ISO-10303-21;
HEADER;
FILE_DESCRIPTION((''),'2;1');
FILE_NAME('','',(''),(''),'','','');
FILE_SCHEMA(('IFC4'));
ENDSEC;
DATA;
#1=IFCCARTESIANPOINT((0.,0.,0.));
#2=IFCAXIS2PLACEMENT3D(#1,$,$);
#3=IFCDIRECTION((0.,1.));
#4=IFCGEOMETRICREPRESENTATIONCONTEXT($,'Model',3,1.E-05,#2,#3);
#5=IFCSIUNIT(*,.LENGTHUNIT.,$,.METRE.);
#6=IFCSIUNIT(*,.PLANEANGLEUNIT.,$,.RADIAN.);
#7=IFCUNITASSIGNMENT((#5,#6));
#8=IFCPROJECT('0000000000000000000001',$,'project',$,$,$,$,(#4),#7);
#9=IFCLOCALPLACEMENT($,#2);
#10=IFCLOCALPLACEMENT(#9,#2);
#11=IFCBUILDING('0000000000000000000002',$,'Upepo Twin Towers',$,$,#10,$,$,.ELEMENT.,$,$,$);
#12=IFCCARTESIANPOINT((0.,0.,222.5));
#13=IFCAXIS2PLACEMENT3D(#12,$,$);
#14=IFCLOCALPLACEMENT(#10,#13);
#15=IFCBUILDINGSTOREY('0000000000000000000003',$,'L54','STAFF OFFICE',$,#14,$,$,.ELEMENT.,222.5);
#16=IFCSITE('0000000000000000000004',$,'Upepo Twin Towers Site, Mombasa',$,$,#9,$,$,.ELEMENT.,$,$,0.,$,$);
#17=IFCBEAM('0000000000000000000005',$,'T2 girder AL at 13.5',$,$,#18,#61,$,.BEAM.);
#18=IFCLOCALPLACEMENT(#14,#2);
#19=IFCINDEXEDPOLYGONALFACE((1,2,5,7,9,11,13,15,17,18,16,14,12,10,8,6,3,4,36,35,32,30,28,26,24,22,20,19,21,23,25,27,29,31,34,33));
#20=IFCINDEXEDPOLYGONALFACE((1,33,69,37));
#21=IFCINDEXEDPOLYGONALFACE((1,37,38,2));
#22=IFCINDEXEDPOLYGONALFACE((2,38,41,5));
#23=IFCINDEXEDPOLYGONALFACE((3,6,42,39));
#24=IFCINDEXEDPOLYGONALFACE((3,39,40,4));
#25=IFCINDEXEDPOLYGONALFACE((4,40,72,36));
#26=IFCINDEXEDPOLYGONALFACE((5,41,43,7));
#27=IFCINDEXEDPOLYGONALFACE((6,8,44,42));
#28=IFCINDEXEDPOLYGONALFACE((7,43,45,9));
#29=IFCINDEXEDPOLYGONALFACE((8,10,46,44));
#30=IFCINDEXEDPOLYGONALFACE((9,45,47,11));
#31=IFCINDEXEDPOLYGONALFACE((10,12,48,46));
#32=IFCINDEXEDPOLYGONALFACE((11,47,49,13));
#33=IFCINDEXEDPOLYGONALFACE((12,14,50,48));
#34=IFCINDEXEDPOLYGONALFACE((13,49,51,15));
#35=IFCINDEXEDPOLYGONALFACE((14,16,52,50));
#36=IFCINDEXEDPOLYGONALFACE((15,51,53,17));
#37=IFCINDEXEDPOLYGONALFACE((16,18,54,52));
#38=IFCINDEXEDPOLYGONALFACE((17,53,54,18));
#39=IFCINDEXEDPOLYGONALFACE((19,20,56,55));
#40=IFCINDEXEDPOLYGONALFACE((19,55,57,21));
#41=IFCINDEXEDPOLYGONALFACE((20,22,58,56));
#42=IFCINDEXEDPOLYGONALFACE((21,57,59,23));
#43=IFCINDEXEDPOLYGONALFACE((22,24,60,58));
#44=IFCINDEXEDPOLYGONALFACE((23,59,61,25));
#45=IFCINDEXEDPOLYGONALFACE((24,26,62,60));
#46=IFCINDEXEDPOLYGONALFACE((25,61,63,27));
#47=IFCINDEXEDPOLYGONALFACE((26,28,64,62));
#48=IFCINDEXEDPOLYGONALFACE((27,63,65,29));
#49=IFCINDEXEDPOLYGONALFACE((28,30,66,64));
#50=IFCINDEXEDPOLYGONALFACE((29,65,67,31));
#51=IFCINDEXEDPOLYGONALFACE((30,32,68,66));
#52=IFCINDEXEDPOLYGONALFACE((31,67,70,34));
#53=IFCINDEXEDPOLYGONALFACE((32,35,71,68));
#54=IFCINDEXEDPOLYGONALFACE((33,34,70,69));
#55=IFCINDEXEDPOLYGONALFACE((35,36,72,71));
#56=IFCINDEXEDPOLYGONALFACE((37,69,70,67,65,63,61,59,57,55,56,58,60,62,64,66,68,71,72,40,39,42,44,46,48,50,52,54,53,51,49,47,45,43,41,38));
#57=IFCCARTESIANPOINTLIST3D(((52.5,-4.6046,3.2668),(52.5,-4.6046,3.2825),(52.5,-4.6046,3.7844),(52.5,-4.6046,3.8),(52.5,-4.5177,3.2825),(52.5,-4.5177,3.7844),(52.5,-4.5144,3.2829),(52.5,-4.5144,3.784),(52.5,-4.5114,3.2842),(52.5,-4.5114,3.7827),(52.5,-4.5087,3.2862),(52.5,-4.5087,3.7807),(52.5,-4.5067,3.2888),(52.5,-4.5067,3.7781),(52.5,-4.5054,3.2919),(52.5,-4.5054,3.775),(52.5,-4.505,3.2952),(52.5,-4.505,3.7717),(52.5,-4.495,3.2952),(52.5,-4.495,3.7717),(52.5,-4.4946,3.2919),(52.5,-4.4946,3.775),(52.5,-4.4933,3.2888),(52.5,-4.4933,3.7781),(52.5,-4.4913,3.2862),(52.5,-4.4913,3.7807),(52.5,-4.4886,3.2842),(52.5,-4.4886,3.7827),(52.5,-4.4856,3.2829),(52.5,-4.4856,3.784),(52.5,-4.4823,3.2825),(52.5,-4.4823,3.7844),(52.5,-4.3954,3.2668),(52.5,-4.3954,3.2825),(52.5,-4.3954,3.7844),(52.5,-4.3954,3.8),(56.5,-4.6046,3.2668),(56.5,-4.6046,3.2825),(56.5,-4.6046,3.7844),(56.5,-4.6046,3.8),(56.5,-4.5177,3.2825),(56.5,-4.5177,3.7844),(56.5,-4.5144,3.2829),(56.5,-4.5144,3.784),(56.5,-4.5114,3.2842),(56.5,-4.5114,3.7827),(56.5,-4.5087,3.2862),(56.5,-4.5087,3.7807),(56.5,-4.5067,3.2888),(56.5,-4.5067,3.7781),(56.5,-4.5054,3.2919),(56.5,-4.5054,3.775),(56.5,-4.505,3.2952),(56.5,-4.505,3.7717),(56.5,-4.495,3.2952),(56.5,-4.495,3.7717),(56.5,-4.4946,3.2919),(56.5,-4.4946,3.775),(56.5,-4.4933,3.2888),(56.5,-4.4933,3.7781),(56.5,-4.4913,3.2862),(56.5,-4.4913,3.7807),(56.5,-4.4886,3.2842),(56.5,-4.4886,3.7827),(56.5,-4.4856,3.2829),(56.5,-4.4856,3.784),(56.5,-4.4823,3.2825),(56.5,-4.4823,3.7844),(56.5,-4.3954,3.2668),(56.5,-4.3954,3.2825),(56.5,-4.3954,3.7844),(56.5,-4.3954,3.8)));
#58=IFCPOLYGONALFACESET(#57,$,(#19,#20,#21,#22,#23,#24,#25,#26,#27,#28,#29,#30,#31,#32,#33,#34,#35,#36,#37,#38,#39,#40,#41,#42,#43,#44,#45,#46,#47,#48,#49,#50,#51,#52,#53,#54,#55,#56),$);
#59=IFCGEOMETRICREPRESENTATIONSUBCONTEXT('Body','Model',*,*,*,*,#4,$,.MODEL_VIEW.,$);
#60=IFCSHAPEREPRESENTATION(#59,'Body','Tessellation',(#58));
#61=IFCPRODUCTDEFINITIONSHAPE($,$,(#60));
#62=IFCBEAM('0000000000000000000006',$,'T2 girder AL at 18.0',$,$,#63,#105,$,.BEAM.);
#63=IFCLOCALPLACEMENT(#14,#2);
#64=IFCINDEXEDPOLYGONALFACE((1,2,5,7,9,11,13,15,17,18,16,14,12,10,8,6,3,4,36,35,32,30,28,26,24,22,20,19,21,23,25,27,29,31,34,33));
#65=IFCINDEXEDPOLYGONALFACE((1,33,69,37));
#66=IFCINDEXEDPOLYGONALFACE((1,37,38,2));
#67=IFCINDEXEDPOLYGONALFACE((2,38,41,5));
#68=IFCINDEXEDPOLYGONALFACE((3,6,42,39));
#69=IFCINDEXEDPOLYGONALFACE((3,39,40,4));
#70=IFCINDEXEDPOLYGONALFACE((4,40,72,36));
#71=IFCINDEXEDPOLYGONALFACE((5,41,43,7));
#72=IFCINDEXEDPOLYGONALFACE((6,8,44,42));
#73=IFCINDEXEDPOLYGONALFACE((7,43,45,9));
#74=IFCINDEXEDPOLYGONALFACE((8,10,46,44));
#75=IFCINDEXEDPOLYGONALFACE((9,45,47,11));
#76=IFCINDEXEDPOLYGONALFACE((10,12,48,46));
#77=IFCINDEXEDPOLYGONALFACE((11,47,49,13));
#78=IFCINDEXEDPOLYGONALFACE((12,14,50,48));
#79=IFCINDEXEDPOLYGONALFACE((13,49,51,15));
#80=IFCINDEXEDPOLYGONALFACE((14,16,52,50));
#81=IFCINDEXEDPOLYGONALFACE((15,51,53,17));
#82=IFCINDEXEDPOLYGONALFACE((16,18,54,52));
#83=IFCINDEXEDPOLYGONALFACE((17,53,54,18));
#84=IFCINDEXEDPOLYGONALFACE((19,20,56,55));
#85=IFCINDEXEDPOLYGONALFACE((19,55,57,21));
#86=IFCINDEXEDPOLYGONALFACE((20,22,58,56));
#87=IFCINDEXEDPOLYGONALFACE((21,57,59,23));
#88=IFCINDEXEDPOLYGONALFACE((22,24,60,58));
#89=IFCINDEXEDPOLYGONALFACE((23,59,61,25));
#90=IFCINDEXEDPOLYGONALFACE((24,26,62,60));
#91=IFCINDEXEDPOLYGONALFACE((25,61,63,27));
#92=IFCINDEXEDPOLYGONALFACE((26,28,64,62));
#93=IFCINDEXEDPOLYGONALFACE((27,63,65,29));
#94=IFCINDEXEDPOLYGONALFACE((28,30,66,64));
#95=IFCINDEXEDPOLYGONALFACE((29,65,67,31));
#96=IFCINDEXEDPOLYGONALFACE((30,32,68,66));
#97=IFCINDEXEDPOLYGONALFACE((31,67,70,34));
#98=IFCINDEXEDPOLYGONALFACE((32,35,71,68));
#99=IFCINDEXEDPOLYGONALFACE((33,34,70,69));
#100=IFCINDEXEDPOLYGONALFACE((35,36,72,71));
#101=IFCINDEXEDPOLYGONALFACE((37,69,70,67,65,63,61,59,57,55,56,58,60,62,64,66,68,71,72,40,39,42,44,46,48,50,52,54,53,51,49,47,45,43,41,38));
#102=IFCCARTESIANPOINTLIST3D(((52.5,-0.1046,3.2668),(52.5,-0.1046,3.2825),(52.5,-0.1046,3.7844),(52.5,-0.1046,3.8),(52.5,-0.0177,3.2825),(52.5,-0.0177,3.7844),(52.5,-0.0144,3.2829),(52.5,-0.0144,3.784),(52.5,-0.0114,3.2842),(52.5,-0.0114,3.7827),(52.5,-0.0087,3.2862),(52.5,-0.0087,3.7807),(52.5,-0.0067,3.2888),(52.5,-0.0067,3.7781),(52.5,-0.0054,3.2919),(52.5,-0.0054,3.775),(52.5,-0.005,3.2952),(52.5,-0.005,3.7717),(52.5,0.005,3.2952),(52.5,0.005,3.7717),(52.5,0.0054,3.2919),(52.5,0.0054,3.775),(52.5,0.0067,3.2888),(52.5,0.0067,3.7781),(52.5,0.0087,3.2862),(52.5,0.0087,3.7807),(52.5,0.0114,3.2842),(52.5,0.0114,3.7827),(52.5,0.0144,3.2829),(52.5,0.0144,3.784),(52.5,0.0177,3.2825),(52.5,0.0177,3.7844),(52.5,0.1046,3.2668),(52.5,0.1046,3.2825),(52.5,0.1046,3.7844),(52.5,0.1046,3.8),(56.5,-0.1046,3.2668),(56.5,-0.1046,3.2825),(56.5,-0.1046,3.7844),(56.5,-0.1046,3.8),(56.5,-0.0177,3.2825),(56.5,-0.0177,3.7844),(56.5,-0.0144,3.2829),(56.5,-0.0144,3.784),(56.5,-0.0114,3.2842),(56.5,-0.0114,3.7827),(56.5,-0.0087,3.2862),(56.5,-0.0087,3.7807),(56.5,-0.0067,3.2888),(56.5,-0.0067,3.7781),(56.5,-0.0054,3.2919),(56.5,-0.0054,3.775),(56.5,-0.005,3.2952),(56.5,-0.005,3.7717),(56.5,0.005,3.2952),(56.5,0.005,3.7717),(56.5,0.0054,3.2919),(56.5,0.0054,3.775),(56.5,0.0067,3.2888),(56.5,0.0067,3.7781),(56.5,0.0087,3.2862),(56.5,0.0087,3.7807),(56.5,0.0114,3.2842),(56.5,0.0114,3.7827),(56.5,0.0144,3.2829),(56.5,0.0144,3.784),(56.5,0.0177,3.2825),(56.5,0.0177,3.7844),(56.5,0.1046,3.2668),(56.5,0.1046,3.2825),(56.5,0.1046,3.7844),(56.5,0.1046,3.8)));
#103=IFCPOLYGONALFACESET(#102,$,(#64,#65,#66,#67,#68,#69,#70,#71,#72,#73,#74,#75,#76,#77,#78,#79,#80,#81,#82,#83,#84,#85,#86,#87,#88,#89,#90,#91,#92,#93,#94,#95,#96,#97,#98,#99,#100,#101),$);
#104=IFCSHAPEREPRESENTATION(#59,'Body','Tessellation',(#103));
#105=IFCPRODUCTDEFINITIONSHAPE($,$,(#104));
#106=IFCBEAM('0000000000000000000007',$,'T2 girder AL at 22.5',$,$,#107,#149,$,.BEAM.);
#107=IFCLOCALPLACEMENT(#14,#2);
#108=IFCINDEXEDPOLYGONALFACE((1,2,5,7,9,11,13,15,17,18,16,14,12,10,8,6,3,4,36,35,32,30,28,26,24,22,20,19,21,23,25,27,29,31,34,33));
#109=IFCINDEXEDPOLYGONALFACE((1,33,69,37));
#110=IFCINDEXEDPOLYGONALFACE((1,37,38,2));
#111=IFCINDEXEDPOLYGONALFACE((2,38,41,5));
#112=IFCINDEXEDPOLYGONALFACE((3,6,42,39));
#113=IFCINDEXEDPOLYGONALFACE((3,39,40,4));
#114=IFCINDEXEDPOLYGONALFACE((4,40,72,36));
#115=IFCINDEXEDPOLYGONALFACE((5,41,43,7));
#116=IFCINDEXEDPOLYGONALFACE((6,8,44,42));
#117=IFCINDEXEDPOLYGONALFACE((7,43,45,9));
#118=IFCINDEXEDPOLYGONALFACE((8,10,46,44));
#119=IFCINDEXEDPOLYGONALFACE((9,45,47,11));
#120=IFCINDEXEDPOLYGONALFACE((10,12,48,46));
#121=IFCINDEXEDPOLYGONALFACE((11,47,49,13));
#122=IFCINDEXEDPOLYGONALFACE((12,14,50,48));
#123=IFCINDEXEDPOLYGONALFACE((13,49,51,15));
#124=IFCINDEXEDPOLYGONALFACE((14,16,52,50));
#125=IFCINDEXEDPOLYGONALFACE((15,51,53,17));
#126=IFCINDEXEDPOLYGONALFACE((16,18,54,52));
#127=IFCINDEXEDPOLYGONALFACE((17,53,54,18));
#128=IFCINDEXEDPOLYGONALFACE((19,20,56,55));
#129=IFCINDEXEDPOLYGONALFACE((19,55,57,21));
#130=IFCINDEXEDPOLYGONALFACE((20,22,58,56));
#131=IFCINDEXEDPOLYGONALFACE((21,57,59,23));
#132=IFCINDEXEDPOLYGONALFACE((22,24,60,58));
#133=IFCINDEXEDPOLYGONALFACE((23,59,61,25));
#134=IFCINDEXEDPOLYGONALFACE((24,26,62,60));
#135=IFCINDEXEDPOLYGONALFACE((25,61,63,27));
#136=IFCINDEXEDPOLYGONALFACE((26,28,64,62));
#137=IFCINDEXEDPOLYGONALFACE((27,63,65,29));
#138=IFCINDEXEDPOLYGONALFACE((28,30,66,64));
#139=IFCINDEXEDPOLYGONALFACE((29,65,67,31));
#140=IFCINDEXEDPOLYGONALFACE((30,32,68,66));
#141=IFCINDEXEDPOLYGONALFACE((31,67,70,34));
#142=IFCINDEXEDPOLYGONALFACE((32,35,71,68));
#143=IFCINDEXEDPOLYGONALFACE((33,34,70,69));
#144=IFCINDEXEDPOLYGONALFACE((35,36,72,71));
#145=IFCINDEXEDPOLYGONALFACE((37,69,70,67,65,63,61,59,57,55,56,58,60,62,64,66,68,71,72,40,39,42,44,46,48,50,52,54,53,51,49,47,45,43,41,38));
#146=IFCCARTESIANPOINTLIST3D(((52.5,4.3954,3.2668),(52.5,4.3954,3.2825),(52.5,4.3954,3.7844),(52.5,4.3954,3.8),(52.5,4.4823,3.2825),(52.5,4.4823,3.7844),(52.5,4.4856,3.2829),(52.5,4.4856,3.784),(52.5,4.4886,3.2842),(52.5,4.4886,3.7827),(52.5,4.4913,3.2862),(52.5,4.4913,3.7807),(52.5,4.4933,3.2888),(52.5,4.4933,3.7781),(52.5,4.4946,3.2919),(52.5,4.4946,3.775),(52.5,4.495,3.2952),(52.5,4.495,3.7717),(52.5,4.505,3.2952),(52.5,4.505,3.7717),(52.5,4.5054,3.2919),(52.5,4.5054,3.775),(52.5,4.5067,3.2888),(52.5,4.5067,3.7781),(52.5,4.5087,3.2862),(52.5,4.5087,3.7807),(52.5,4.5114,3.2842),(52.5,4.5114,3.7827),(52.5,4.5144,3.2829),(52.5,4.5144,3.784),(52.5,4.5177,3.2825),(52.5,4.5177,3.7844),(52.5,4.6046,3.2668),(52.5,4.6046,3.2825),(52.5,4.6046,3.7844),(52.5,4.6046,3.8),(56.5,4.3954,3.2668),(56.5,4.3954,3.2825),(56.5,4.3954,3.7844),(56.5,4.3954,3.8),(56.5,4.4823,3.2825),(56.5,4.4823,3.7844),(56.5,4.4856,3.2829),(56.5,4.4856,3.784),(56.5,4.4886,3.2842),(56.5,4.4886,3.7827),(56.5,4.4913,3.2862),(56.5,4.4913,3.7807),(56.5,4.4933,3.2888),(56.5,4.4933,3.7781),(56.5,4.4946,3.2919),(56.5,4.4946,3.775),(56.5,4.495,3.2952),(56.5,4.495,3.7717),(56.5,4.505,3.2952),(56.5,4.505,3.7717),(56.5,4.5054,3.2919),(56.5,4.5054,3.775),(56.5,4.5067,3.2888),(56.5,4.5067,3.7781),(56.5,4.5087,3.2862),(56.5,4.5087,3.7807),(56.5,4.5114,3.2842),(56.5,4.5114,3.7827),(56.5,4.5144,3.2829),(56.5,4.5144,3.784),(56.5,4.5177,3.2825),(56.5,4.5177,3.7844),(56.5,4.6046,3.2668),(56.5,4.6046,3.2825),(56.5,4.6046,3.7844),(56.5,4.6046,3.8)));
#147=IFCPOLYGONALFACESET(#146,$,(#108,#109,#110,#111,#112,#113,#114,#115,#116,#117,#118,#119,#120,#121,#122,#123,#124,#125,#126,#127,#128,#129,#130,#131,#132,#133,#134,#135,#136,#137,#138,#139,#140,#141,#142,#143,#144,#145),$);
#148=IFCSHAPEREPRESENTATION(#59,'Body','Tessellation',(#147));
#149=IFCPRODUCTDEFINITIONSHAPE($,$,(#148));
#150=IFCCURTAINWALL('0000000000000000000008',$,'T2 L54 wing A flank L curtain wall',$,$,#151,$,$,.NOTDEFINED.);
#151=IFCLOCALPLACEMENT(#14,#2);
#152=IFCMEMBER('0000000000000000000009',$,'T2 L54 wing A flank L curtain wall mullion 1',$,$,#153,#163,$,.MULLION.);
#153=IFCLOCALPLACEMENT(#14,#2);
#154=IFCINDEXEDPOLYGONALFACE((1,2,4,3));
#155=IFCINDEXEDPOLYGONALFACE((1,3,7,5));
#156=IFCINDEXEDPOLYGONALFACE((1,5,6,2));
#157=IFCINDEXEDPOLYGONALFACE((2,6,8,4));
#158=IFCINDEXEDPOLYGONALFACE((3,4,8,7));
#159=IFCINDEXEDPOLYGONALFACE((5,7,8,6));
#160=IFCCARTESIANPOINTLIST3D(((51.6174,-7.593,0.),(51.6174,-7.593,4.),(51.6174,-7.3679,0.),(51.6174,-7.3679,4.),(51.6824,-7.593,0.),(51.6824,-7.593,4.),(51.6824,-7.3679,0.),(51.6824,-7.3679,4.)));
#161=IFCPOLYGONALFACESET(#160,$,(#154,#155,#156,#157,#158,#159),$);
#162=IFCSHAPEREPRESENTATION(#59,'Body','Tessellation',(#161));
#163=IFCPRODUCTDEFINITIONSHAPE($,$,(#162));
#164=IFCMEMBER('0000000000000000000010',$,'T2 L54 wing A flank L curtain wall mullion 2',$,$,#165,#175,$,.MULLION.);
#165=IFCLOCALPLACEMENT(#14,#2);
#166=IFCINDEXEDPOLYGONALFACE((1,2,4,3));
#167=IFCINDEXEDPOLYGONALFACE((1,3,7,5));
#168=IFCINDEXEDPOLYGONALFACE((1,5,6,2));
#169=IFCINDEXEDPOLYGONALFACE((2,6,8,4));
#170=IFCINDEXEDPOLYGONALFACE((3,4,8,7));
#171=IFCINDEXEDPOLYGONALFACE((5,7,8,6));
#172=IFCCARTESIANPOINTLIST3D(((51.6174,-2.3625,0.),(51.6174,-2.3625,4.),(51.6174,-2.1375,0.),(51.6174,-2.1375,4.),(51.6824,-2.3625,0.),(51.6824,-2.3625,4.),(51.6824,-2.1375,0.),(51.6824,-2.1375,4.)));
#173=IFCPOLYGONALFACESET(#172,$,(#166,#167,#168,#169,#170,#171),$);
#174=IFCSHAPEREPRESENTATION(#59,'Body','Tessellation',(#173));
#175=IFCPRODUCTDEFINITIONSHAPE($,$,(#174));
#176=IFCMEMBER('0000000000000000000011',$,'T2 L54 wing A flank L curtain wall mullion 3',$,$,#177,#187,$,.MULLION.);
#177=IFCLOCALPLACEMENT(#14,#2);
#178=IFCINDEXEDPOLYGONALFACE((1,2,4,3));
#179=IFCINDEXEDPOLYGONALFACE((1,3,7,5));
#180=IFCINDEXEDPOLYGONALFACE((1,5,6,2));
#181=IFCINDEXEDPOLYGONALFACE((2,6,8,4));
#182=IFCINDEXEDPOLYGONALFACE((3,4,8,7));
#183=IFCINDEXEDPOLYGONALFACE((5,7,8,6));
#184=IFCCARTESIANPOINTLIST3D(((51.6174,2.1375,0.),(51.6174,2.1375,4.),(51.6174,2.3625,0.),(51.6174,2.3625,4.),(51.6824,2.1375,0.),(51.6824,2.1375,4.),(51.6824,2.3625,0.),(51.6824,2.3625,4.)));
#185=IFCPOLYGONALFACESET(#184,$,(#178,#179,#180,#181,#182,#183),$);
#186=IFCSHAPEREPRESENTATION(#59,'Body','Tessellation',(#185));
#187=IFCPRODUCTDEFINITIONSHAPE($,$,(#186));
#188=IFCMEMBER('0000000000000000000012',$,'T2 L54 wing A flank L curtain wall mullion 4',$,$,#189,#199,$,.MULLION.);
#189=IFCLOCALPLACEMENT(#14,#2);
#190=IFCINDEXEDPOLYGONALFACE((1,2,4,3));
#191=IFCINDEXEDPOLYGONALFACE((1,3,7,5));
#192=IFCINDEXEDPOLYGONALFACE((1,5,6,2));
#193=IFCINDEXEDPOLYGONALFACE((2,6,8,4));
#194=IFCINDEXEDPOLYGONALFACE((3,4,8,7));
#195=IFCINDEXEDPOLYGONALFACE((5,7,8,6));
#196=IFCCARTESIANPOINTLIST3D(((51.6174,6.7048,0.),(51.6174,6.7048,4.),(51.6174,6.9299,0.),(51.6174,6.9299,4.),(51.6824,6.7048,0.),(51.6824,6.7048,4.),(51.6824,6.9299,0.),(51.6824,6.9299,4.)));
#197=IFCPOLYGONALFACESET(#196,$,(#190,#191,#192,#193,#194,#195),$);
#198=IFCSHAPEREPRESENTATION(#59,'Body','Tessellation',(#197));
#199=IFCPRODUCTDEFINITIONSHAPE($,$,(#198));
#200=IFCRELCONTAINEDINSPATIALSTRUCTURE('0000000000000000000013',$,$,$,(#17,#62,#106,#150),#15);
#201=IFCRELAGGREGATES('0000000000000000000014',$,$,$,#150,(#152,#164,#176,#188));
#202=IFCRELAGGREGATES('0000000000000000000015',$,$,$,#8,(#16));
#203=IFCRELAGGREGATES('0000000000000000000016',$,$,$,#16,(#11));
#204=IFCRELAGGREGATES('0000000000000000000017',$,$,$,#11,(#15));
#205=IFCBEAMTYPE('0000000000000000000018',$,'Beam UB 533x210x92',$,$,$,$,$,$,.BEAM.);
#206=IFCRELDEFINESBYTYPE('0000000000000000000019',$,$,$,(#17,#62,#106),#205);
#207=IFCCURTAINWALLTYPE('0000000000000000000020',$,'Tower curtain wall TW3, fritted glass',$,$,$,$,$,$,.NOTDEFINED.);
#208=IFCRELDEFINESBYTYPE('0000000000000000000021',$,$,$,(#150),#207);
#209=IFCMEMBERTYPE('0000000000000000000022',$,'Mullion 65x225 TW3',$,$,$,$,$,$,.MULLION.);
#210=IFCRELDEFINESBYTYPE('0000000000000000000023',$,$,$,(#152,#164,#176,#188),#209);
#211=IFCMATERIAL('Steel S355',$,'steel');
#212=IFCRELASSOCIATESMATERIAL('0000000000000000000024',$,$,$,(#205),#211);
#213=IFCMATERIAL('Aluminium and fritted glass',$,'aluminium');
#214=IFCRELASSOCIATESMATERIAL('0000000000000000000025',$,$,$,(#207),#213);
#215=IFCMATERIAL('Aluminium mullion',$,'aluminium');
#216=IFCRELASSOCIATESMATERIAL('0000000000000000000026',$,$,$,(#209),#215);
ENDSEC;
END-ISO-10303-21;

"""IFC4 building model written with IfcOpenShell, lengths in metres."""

from ifc_helpers import new_model, si_unit, direction, frame, origin, origin_2d, place, context, subcontext, project, spatial, rectangle, i_section, extrude, material, material_profile, profile_set, type_object, element, aggregate, save


model = new_model("IFC4")

# Units and contexts
model_context = context("Model", 3, precision=1e-05, world=origin(), true_north=direction((0.0, 1.0)))
body_context = subcontext(model_context, "Body", "Model", "MODEL_VIEW")
ifc_project = project(units=[si_unit("LENGTHUNIT", "METRE"), si_unit("PLANEANGLEUNIT", "RADIAN")], contexts=[model_context])

# Site, building, storey
site_placement = place(None, origin())
site = spatial("IfcSite", under=ifc_project, at=site_placement, Name="Upepo Twin Towers Site, Mombasa", CompositionType="ELEMENT", RefElevation=0.0)
building_placement = place(site_placement, origin())
building = spatial("IfcBuilding", under=site, at=building_placement, Name="Upepo Twin Towers", CompositionType="ELEMENT")
storey_placement = place(building_placement, frame((0.0, 0.0, 222.5)))
storey = spatial("IfcBuildingStorey", under=building, at=storey_placement, Name="L54", Description="STAFF OFFICE", CompositionType="ELEMENT", Elevation=222.5)

# Beams
ifc_material_1 = material(Name="Steel S355", Category="steel")
ifc_material_profile_1 = material_profile(ifc_material_1, i_section(OverallWidth=0.2092, OverallDepth=0.5332, WebThickness=0.01, FlangeThickness=0.0156, FilletRadius=0.0127, at=origin_2d()), Name="UB 533x210x92")
ifc_profile_set_1 = profile_set([ifc_material_profile_1], Name="Steel S355")
beam_type_1 = type_object("IfcBeamType", Name="Beam UB 533x210x92", PredefinedType="BEAM", material=ifc_profile_set_1)
for number, where, z_axis, x_axis, name in (
    (1, (52.5, -4.5, 3.5334), (1.0, 0.0, 0.0), (0.0, 1.0, 0.0), "T2 girder AL at 13.5"),
    (2, (52.5, 0.0, 3.5334), (1.0, 0.0, 0.0), (0.0, 1.0, 0.0), "T2 girder AL at 18.0"),
    (3, (52.5, 4.5, 3.5334), (1.0, 0.0, 0.0), (0.0, 1.0, 0.0), "T2 girder AL at 22.5"),
):
    element("IfcBeam", number, at=place(storey_placement, frame(where, z_axis=z_axis, x_axis=x_axis)), inside=storey, type_object=beam_type_1, Name=name, PredefinedType="BEAM", context=body_context, shape_type="SweptSolid", body=[
        extrude(i_section(OverallWidth=0.2092, OverallDepth=0.5332, WebThickness=0.01, FlangeThickness=0.0156, FilletRadius=0.0127, at=origin_2d()), origin(), (0.0, 0.0, 1.0), 4.0),
    ])

# Curtain wall, members
ifc_material_2 = material(Name="Aluminium and fritted glass", Category="aluminium")
curtain_wall_type = type_object("IfcCurtainWallType", Name="Tower curtain wall TW3, fritted glass", PredefinedType="NOTDEFINED", material=ifc_material_2)
curtain_wall_1_placement = place(storey_placement, origin())
curtain_wall_1 = element("IfcCurtainWall", 4, at=curtain_wall_1_placement, inside=storey, type_object=curtain_wall_type, Name="T2 L54 wing A flank L curtain wall", PredefinedType="NOTDEFINED")
ifc_material_3 = material(Name="Aluminium mullion", Category="aluminium")
ifc_material_profile_2 = material_profile(ifc_material_3, rectangle(XDim=0.0649, YDim=0.2251, at=origin_2d()), Name="MULLION 65x225")
ifc_profile_set_2 = profile_set([ifc_material_profile_2], Name="Aluminium mullion")
member_type_1 = type_object("IfcMemberType", Name="Mullion 65x225 TW3", PredefinedType="MULLION", material=ifc_profile_set_2)
member_1_placement = place(storey_placement, frame((51.6499, -7.4805, 0.0), z_axis=(0.0, 0.0, 1.0), x_axis=(-1.0, 0.0, 0.0)))
member_1 = element("IfcMember", 5, at=member_1_placement, type_object=member_type_1, Name="T2 L54 wing A flank L curtain wall mullion 1", PredefinedType="MULLION", context=body_context, shape_type="SweptSolid", body=[
    extrude(rectangle(XDim=0.0649, YDim=0.2251, at=origin_2d()), origin(), (0.0, 0.0, 1.0), 4.0),
])
member_2_placement = place(storey_placement, frame((51.6499, -2.25, 0.0), z_axis=(0.0, 0.0, 1.0), x_axis=(-1.0, 0.0, 0.0)))
member_2 = element("IfcMember", 6, at=member_2_placement, type_object=member_type_1, Name="T2 L54 wing A flank L curtain wall mullion 2", PredefinedType="MULLION", context=body_context, shape_type="SweptSolid", body=[
    extrude(rectangle(XDim=0.0649, YDim=0.2251, at=origin_2d()), origin(), (0.0, 0.0, 1.0), 4.0),
])
member_3_placement = place(storey_placement, frame((51.6499, 2.25, 0.0), z_axis=(0.0, 0.0, 1.0), x_axis=(-1.0, 0.0, 0.0)))
member_3 = element("IfcMember", 7, at=member_3_placement, type_object=member_type_1, Name="T2 L54 wing A flank L curtain wall mullion 3", PredefinedType="MULLION", context=body_context, shape_type="SweptSolid", body=[
    extrude(rectangle(XDim=0.0649, YDim=0.2251, at=origin_2d()), origin(), (0.0, 0.0, 1.0), 4.0),
])
member_4_placement = place(storey_placement, frame((51.6499, 6.8174, 0.0), z_axis=(0.0, 0.0, 1.0), x_axis=(-1.0, 0.0, 0.0)))
member_4 = element("IfcMember", 8, at=member_4_placement, type_object=member_type_1, Name="T2 L54 wing A flank L curtain wall mullion 4", PredefinedType="MULLION", context=body_context, shape_type="SweptSolid", body=[
    extrude(rectangle(XDim=0.0649, YDim=0.2251, at=origin_2d()), origin(), (0.0, 0.0, 1.0), 4.0),
])

aggregate(curtain_wall_1, [member_1, member_2, member_3, member_4])

save(model, "model.ifc")
